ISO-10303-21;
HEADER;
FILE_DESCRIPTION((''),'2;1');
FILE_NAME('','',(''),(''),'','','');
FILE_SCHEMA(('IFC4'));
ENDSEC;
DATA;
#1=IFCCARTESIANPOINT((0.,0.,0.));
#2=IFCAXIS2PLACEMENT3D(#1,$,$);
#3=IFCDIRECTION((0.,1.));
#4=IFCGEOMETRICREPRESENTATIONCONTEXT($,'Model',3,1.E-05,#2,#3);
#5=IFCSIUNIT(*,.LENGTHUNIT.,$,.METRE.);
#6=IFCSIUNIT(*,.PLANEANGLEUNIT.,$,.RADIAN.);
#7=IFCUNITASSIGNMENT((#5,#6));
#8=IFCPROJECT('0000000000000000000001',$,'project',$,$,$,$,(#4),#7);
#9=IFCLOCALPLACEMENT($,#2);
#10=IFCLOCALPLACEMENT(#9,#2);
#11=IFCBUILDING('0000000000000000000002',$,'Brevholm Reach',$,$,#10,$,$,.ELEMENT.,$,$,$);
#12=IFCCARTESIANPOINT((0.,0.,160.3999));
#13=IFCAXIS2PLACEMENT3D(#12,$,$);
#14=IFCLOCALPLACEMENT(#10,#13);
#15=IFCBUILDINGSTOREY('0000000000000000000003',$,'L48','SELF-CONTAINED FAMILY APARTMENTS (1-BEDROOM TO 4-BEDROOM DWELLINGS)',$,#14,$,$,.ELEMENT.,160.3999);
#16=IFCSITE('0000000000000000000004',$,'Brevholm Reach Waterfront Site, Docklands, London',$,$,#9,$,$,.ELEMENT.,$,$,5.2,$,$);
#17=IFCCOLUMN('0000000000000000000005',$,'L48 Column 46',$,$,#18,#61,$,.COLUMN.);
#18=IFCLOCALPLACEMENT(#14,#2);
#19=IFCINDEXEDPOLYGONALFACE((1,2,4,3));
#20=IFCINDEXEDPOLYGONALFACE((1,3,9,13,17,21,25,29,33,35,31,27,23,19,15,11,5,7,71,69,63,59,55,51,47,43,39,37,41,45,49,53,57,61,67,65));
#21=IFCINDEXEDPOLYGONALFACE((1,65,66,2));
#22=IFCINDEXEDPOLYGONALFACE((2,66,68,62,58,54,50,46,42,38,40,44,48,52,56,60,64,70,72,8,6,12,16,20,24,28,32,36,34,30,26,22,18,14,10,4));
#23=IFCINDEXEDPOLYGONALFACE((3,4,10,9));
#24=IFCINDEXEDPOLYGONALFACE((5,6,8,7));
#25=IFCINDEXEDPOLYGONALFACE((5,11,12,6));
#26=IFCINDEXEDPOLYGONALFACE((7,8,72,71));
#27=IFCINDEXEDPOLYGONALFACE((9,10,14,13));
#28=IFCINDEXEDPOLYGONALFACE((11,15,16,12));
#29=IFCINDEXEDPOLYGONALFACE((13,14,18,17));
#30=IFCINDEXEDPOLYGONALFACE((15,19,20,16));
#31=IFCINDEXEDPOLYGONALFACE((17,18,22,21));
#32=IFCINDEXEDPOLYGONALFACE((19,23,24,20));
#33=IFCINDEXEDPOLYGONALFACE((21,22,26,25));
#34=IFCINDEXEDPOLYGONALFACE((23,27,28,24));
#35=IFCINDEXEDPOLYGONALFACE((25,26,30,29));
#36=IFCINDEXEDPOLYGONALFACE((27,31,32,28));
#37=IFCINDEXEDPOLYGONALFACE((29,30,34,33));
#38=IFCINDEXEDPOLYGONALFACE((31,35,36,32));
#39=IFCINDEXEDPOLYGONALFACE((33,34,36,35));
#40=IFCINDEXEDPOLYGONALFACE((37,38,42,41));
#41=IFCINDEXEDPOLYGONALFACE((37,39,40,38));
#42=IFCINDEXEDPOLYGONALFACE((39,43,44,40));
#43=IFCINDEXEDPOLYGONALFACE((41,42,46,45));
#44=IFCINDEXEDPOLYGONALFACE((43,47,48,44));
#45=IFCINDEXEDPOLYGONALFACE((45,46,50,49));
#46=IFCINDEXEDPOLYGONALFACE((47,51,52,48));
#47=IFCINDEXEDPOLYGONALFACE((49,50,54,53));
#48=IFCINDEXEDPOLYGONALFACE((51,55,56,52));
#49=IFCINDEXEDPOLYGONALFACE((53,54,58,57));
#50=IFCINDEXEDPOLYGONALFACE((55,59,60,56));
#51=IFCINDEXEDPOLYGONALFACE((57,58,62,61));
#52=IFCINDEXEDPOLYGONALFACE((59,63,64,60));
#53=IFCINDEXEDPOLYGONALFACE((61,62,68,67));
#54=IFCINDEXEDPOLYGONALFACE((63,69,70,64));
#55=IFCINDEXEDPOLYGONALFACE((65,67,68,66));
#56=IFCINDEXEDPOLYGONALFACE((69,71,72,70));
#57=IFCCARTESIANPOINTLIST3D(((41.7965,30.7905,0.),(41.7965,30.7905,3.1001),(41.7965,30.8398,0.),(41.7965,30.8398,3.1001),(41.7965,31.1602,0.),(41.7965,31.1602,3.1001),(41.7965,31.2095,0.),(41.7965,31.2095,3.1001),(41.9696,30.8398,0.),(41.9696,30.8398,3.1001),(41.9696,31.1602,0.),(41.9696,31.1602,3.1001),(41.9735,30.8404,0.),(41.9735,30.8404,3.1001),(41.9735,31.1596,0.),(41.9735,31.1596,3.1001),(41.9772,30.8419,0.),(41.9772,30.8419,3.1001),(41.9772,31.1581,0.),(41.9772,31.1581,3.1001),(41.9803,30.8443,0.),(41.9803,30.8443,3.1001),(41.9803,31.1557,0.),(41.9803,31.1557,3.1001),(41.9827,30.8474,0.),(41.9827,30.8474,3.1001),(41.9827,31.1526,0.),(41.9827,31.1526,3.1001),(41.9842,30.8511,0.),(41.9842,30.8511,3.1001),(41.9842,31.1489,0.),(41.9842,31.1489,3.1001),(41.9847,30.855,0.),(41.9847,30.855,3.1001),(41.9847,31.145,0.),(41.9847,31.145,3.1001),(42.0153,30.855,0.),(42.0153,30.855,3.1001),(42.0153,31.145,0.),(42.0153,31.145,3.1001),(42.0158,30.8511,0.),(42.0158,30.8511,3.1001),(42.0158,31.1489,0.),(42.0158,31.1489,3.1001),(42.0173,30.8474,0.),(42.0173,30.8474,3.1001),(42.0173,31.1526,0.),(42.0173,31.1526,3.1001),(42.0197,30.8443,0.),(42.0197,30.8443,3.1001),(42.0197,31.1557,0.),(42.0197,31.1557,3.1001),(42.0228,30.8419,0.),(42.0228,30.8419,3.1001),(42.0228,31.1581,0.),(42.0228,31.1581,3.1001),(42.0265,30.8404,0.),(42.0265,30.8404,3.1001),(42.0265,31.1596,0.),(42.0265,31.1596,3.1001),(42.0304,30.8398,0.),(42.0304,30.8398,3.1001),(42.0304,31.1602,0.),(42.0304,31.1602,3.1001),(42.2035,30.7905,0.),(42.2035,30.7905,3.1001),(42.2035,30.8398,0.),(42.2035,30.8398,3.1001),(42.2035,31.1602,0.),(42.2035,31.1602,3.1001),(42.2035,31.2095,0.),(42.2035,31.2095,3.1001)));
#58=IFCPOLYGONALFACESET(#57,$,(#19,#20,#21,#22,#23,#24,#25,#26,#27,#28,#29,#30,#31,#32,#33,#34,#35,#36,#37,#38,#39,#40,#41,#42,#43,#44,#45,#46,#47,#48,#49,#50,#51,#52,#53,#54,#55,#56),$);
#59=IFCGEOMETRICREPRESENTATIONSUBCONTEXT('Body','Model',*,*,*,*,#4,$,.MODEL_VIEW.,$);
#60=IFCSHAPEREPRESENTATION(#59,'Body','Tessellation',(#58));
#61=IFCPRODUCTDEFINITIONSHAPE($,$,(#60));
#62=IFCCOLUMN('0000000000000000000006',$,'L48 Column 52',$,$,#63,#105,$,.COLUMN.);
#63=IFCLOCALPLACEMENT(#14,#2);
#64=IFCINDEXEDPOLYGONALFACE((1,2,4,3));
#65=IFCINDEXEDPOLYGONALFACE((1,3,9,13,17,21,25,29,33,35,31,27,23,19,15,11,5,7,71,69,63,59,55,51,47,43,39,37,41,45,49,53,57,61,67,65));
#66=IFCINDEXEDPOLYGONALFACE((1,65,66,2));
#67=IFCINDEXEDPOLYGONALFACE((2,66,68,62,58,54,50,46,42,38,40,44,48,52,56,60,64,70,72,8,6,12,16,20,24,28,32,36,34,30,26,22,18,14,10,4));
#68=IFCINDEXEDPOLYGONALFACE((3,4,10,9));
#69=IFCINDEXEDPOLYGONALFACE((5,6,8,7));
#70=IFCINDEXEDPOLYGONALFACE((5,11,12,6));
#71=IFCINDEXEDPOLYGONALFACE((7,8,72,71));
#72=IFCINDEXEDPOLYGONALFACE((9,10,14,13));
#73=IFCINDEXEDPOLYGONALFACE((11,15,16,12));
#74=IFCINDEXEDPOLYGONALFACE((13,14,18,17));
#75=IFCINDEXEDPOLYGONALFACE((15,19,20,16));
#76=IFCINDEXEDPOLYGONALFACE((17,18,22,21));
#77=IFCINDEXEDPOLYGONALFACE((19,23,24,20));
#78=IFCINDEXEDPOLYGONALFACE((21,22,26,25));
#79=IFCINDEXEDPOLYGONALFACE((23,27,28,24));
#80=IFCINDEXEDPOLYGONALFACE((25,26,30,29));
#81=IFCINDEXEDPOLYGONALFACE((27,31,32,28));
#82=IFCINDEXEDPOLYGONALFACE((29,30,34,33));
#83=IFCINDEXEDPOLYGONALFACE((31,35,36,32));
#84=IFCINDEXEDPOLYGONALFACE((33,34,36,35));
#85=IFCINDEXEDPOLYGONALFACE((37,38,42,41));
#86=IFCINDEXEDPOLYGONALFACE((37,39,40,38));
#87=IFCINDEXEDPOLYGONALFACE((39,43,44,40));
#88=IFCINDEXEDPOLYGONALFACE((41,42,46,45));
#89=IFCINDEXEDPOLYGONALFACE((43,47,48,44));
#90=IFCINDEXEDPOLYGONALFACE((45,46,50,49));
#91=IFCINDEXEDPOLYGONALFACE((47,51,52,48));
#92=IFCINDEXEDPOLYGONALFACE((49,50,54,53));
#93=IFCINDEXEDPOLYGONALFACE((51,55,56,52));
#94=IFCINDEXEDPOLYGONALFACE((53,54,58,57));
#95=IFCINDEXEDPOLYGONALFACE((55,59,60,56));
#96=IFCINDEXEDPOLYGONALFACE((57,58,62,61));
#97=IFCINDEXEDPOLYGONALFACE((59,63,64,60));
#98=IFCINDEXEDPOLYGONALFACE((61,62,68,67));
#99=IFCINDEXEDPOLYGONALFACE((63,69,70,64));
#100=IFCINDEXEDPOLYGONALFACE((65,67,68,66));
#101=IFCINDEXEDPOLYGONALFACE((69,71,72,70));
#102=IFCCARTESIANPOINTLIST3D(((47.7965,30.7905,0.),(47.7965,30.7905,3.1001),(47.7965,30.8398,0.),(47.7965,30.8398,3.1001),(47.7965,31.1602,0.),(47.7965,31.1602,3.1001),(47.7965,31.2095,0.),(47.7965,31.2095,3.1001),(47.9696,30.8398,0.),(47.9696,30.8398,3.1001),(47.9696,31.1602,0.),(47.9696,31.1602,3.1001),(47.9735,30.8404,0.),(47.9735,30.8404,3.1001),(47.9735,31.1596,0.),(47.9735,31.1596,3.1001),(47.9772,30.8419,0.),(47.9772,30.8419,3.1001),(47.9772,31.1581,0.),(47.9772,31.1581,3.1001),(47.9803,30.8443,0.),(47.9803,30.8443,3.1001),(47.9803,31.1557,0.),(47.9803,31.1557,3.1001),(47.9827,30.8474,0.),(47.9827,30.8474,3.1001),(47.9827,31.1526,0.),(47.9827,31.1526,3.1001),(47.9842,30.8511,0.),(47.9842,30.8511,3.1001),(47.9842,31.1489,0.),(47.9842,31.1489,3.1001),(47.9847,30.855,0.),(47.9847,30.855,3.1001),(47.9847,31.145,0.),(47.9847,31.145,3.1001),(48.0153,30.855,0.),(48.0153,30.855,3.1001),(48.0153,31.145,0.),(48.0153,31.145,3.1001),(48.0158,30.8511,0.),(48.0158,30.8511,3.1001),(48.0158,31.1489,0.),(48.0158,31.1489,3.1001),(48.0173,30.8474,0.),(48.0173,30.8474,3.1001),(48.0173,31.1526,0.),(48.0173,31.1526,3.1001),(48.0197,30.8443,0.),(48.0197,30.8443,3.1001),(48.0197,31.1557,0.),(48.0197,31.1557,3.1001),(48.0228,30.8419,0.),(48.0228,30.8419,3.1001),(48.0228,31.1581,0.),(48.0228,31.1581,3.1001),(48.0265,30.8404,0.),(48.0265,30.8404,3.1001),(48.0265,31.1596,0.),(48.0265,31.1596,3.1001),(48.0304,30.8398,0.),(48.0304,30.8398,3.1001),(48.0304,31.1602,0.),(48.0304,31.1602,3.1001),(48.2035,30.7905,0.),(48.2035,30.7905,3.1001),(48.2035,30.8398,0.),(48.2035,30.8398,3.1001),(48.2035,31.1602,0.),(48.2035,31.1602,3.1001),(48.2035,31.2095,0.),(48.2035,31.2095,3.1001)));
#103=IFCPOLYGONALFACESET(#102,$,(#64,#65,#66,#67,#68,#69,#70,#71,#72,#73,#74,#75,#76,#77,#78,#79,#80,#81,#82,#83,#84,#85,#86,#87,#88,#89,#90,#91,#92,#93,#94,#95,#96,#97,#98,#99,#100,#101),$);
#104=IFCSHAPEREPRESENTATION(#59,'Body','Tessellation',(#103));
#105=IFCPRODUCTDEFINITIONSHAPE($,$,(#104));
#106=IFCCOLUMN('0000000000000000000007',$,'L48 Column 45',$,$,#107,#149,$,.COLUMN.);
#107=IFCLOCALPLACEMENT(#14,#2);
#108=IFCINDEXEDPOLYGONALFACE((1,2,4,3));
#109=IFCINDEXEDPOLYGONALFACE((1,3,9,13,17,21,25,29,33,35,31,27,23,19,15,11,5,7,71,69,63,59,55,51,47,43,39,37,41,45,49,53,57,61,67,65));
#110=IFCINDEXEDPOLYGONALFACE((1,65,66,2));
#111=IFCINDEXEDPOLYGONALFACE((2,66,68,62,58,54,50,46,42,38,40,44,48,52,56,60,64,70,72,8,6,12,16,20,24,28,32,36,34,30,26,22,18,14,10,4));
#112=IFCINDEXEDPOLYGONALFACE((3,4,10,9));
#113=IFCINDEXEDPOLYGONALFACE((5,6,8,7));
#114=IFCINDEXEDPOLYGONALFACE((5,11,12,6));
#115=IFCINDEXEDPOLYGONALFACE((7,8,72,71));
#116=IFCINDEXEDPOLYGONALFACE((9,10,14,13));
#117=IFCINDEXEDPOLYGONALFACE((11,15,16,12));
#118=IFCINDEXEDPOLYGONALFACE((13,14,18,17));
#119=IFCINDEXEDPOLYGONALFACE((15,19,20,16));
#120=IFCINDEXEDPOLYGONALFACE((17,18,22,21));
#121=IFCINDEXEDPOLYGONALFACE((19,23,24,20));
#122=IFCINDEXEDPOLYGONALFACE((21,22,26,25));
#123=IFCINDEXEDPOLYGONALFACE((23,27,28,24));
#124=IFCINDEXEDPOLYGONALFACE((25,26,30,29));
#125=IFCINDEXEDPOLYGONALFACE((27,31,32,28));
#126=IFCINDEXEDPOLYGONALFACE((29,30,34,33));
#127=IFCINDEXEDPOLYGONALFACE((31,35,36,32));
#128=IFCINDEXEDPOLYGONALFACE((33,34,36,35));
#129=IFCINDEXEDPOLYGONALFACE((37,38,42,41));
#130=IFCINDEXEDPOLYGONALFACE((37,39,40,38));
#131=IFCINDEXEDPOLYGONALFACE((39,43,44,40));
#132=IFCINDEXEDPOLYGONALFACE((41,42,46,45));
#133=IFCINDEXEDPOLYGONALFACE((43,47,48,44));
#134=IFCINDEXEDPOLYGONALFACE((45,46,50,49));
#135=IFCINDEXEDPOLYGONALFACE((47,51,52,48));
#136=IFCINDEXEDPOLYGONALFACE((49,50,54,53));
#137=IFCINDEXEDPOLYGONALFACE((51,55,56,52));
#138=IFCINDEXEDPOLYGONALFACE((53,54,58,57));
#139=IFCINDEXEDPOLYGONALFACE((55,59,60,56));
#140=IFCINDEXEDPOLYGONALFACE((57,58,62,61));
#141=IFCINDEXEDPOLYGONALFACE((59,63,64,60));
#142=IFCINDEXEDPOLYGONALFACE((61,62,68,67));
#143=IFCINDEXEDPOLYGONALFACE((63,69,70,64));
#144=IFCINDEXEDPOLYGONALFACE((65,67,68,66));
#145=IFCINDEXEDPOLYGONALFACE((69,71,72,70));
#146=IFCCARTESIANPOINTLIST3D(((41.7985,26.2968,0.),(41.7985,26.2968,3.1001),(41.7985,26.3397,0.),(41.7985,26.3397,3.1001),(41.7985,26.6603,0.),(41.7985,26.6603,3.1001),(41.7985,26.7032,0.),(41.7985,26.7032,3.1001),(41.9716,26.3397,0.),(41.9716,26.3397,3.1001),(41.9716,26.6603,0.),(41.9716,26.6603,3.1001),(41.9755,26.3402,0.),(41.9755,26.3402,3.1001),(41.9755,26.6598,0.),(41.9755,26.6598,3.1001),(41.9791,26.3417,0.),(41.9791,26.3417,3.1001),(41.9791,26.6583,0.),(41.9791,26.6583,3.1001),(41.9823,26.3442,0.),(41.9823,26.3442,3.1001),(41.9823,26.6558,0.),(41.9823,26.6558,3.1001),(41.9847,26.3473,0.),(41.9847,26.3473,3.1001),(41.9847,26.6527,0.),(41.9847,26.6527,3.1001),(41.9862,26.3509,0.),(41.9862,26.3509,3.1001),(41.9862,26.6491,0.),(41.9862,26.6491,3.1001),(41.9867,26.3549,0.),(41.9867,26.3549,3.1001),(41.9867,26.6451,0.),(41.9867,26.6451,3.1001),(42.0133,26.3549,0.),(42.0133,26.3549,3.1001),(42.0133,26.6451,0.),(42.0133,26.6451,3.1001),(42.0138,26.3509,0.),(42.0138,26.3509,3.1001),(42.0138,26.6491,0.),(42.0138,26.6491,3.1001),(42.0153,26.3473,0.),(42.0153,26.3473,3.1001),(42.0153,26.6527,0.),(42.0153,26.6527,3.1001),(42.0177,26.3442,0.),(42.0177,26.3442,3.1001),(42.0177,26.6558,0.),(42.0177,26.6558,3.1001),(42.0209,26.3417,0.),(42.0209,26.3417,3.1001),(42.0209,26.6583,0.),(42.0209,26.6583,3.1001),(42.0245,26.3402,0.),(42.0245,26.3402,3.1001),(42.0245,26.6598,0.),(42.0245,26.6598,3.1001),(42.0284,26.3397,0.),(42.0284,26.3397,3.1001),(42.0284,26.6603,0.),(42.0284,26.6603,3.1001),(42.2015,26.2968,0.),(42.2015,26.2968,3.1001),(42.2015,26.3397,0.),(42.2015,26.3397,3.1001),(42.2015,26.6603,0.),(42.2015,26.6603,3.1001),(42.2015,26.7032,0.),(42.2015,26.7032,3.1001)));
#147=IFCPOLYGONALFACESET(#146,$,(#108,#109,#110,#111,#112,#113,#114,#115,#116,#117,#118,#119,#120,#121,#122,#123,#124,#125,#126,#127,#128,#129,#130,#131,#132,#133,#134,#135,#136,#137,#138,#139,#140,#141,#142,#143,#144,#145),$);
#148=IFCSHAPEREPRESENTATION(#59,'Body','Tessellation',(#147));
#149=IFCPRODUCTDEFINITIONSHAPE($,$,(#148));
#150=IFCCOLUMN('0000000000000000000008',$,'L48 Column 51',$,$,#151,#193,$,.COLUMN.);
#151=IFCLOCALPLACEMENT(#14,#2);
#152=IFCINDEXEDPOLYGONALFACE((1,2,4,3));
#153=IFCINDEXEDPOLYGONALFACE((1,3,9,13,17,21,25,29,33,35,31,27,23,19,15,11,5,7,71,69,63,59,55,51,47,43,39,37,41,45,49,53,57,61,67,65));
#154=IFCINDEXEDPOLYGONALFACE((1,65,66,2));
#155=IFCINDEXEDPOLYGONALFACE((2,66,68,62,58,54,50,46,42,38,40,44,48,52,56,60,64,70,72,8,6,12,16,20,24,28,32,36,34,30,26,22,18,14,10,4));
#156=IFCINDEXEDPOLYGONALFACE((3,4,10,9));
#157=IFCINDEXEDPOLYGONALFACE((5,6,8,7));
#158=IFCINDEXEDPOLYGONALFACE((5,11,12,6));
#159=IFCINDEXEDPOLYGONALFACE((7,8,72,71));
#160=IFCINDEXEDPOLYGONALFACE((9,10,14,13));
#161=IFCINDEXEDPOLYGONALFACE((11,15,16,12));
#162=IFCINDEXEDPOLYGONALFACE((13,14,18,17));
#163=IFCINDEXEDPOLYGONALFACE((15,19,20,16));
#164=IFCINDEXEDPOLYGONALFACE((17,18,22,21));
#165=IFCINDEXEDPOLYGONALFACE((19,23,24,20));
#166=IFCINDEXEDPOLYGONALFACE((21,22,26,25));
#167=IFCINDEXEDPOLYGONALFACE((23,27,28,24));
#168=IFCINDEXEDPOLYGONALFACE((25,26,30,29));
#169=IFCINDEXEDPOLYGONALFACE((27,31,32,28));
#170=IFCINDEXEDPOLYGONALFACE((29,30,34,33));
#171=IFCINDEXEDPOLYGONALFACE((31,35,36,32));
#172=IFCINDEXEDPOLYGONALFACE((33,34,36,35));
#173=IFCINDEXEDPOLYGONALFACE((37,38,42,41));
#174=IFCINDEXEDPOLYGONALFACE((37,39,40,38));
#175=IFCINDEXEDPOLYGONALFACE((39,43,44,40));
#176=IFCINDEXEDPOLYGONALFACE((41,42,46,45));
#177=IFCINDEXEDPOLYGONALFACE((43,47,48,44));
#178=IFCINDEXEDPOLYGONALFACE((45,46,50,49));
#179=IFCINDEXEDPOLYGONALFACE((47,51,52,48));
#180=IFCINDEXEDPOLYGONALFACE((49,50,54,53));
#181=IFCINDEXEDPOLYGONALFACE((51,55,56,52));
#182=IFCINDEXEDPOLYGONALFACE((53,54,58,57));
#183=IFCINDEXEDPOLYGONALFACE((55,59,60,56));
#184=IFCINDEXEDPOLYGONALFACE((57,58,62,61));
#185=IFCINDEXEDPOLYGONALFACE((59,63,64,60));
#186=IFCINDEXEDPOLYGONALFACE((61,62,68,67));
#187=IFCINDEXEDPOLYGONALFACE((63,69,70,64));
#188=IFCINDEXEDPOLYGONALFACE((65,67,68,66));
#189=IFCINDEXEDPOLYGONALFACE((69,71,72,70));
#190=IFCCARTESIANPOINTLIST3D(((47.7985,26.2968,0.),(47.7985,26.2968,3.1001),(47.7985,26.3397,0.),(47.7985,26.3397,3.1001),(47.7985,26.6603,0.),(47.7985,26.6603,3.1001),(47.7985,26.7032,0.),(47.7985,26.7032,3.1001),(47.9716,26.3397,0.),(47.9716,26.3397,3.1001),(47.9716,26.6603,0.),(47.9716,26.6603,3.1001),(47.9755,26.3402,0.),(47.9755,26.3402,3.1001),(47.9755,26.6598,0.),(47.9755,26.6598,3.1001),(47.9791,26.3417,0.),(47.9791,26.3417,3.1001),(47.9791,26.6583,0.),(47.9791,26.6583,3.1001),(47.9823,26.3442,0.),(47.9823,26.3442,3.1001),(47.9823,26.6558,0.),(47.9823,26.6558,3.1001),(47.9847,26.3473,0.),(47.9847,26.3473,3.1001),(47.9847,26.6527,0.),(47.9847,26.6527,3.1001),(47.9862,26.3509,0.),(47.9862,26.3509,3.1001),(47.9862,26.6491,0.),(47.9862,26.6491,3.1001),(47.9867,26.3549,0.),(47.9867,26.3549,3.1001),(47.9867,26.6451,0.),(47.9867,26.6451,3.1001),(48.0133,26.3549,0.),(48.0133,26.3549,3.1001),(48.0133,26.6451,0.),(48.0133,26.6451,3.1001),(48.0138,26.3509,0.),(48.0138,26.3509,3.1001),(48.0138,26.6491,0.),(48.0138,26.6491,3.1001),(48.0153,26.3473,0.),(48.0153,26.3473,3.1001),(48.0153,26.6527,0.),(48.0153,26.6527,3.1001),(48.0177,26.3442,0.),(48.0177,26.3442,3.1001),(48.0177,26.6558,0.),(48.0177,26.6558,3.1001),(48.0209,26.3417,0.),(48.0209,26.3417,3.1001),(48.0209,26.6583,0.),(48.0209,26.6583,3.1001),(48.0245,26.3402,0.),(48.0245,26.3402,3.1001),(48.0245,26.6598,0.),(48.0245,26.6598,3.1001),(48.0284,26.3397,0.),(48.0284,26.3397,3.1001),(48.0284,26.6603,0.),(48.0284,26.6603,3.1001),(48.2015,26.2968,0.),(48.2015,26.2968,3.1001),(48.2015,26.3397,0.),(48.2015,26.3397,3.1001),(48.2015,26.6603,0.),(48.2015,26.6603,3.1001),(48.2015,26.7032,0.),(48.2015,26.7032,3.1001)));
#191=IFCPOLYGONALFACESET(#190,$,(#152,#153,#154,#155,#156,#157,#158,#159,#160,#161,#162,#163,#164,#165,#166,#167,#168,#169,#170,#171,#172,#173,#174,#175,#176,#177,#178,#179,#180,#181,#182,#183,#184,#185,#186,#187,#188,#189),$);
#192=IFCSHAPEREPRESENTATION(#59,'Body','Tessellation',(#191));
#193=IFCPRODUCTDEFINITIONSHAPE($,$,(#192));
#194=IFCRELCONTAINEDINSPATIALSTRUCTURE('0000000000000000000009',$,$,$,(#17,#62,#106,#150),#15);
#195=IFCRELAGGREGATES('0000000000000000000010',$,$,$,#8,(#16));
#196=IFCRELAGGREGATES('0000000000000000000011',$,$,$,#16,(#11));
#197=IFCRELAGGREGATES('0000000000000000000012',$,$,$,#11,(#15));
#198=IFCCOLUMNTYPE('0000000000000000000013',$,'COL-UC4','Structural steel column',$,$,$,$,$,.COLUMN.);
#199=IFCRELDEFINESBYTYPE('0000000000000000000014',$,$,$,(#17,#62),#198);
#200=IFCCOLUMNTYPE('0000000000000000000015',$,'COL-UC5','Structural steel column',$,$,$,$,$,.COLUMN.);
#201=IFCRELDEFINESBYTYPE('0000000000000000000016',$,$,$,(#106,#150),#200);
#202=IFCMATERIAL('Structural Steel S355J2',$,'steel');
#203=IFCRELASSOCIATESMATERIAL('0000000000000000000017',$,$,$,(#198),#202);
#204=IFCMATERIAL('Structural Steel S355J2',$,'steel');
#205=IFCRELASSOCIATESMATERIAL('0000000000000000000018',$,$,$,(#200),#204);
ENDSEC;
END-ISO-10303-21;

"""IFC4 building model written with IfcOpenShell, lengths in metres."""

from ifc_helpers import new_model, si_unit, direction, frame, origin, origin_2d, place, context, subcontext, project, spatial, i_section, extrude, material, material_profile, profile_set, type_object, element, save


model = new_model("IFC4")

# Units and contexts
model_context = context("Model", 3, precision=1e-05, world=origin(), true_north=direction((0.0, 1.0)))
body_context = subcontext(model_context, "Body", "Model", "MODEL_VIEW")
ifc_project = project(units=[si_unit("LENGTHUNIT", "METRE"), si_unit("PLANEANGLEUNIT", "RADIAN")], contexts=[model_context])

# Site, building, storey
site_placement = place(None, origin())
site = spatial("IfcSite", under=ifc_project, at=site_placement, Name="Brevholm Reach Waterfront Site, Docklands, London", CompositionType="ELEMENT", RefElevation=5.2)
building_placement = place(site_placement, origin())
building = spatial("IfcBuilding", under=site, at=building_placement, Name="Brevholm Reach", CompositionType="ELEMENT")
storey_placement = place(building_placement, frame((0.0, 0.0, 160.3999)))
storey = spatial("IfcBuildingStorey", under=building, at=storey_placement, Name="L48", Description="SELF-CONTAINED FAMILY APARTMENTS (1-BEDROOM TO 4-BEDROOM DWELLINGS)", CompositionType="ELEMENT", Elevation=160.3999)

# Columns
ifc_material_1 = material(Name="Structural Steel S355J2", Category="steel")
ifc_material_profile_1 = material_profile(ifc_material_1, i_section(OverallWidth=0.407, OverallDepth=0.4189, WebThickness=0.0305, FlangeThickness=0.0493, FilletRadius=0.0151, at=origin_2d()), Name="UKC 356x406x393")
ifc_profile_set_1 = profile_set([ifc_material_profile_1], Name="Structural Steel S355J2")
column_type_1 = type_object("IfcColumnType", Name="COL-UC4", Description="Structural steel column", PredefinedType="COLUMN", material=ifc_profile_set_1)
for number, where, z_axis, x_axis, name in (
    (1, (42.0, 31.0, 0.0), (0.0, 0.0, 1.0), (1.0, 0.0, 0.0), "L48 Column 46"),
    (2, (48.0, 31.0, 0.0), (0.0, 0.0, 1.0), (1.0, 0.0, 0.0), "L48 Column 52"),
):
    element("IfcColumn", number, at=place(storey_placement, frame(where, z_axis=z_axis, x_axis=x_axis)), inside=storey, type_object=column_type_1, Name=name, PredefinedType="COLUMN", context=body_context, shape_type="SweptSolid", body=[
        extrude(i_section(OverallWidth=0.407, OverallDepth=0.4189, WebThickness=0.0305, FlangeThickness=0.0493, FilletRadius=0.0151, at=origin_2d()), origin(), (0.0, 0.0, 1.0), 3.1001),
    ])
ifc_material_2 = material(Name="Structural Steel S355J2", Category="steel")
ifc_material_profile_2 = material_profile(ifc_material_2, i_section(OverallWidth=0.4031, OverallDepth=0.4065, WebThickness=0.0266, FlangeThickness=0.043, FilletRadius=0.0151, at=origin_2d()), Name="UKC 356x406x340")
ifc_profile_set_2 = profile_set([ifc_material_profile_2], Name="Structural Steel S355J2")
column_type_2 = type_object("IfcColumnType", Name="COL-UC5", Description="Structural steel column", PredefinedType="COLUMN", material=ifc_profile_set_2)
for number, where, z_axis, x_axis, name in (
    (3, (42.0, 26.5, 0.0), (0.0, 0.0, 1.0), (1.0, 0.0, 0.0), "L48 Column 45"),
    (4, (48.0, 26.5, 0.0), (0.0, 0.0, 1.0), (1.0, 0.0, 0.0), "L48 Column 51"),
):
    element("IfcColumn", number, at=place(storey_placement, frame(where, z_axis=z_axis, x_axis=x_axis)), inside=storey, type_object=column_type_2, Name=name, PredefinedType="COLUMN", context=body_context, shape_type="SweptSolid", body=[
        extrude(i_section(OverallWidth=0.4031, OverallDepth=0.4065, WebThickness=0.0266, FlangeThickness=0.043, FilletRadius=0.0151, at=origin_2d()), origin(), (0.0, 0.0, 1.0), 3.1001),
    ])

save(model, "model.ifc")
